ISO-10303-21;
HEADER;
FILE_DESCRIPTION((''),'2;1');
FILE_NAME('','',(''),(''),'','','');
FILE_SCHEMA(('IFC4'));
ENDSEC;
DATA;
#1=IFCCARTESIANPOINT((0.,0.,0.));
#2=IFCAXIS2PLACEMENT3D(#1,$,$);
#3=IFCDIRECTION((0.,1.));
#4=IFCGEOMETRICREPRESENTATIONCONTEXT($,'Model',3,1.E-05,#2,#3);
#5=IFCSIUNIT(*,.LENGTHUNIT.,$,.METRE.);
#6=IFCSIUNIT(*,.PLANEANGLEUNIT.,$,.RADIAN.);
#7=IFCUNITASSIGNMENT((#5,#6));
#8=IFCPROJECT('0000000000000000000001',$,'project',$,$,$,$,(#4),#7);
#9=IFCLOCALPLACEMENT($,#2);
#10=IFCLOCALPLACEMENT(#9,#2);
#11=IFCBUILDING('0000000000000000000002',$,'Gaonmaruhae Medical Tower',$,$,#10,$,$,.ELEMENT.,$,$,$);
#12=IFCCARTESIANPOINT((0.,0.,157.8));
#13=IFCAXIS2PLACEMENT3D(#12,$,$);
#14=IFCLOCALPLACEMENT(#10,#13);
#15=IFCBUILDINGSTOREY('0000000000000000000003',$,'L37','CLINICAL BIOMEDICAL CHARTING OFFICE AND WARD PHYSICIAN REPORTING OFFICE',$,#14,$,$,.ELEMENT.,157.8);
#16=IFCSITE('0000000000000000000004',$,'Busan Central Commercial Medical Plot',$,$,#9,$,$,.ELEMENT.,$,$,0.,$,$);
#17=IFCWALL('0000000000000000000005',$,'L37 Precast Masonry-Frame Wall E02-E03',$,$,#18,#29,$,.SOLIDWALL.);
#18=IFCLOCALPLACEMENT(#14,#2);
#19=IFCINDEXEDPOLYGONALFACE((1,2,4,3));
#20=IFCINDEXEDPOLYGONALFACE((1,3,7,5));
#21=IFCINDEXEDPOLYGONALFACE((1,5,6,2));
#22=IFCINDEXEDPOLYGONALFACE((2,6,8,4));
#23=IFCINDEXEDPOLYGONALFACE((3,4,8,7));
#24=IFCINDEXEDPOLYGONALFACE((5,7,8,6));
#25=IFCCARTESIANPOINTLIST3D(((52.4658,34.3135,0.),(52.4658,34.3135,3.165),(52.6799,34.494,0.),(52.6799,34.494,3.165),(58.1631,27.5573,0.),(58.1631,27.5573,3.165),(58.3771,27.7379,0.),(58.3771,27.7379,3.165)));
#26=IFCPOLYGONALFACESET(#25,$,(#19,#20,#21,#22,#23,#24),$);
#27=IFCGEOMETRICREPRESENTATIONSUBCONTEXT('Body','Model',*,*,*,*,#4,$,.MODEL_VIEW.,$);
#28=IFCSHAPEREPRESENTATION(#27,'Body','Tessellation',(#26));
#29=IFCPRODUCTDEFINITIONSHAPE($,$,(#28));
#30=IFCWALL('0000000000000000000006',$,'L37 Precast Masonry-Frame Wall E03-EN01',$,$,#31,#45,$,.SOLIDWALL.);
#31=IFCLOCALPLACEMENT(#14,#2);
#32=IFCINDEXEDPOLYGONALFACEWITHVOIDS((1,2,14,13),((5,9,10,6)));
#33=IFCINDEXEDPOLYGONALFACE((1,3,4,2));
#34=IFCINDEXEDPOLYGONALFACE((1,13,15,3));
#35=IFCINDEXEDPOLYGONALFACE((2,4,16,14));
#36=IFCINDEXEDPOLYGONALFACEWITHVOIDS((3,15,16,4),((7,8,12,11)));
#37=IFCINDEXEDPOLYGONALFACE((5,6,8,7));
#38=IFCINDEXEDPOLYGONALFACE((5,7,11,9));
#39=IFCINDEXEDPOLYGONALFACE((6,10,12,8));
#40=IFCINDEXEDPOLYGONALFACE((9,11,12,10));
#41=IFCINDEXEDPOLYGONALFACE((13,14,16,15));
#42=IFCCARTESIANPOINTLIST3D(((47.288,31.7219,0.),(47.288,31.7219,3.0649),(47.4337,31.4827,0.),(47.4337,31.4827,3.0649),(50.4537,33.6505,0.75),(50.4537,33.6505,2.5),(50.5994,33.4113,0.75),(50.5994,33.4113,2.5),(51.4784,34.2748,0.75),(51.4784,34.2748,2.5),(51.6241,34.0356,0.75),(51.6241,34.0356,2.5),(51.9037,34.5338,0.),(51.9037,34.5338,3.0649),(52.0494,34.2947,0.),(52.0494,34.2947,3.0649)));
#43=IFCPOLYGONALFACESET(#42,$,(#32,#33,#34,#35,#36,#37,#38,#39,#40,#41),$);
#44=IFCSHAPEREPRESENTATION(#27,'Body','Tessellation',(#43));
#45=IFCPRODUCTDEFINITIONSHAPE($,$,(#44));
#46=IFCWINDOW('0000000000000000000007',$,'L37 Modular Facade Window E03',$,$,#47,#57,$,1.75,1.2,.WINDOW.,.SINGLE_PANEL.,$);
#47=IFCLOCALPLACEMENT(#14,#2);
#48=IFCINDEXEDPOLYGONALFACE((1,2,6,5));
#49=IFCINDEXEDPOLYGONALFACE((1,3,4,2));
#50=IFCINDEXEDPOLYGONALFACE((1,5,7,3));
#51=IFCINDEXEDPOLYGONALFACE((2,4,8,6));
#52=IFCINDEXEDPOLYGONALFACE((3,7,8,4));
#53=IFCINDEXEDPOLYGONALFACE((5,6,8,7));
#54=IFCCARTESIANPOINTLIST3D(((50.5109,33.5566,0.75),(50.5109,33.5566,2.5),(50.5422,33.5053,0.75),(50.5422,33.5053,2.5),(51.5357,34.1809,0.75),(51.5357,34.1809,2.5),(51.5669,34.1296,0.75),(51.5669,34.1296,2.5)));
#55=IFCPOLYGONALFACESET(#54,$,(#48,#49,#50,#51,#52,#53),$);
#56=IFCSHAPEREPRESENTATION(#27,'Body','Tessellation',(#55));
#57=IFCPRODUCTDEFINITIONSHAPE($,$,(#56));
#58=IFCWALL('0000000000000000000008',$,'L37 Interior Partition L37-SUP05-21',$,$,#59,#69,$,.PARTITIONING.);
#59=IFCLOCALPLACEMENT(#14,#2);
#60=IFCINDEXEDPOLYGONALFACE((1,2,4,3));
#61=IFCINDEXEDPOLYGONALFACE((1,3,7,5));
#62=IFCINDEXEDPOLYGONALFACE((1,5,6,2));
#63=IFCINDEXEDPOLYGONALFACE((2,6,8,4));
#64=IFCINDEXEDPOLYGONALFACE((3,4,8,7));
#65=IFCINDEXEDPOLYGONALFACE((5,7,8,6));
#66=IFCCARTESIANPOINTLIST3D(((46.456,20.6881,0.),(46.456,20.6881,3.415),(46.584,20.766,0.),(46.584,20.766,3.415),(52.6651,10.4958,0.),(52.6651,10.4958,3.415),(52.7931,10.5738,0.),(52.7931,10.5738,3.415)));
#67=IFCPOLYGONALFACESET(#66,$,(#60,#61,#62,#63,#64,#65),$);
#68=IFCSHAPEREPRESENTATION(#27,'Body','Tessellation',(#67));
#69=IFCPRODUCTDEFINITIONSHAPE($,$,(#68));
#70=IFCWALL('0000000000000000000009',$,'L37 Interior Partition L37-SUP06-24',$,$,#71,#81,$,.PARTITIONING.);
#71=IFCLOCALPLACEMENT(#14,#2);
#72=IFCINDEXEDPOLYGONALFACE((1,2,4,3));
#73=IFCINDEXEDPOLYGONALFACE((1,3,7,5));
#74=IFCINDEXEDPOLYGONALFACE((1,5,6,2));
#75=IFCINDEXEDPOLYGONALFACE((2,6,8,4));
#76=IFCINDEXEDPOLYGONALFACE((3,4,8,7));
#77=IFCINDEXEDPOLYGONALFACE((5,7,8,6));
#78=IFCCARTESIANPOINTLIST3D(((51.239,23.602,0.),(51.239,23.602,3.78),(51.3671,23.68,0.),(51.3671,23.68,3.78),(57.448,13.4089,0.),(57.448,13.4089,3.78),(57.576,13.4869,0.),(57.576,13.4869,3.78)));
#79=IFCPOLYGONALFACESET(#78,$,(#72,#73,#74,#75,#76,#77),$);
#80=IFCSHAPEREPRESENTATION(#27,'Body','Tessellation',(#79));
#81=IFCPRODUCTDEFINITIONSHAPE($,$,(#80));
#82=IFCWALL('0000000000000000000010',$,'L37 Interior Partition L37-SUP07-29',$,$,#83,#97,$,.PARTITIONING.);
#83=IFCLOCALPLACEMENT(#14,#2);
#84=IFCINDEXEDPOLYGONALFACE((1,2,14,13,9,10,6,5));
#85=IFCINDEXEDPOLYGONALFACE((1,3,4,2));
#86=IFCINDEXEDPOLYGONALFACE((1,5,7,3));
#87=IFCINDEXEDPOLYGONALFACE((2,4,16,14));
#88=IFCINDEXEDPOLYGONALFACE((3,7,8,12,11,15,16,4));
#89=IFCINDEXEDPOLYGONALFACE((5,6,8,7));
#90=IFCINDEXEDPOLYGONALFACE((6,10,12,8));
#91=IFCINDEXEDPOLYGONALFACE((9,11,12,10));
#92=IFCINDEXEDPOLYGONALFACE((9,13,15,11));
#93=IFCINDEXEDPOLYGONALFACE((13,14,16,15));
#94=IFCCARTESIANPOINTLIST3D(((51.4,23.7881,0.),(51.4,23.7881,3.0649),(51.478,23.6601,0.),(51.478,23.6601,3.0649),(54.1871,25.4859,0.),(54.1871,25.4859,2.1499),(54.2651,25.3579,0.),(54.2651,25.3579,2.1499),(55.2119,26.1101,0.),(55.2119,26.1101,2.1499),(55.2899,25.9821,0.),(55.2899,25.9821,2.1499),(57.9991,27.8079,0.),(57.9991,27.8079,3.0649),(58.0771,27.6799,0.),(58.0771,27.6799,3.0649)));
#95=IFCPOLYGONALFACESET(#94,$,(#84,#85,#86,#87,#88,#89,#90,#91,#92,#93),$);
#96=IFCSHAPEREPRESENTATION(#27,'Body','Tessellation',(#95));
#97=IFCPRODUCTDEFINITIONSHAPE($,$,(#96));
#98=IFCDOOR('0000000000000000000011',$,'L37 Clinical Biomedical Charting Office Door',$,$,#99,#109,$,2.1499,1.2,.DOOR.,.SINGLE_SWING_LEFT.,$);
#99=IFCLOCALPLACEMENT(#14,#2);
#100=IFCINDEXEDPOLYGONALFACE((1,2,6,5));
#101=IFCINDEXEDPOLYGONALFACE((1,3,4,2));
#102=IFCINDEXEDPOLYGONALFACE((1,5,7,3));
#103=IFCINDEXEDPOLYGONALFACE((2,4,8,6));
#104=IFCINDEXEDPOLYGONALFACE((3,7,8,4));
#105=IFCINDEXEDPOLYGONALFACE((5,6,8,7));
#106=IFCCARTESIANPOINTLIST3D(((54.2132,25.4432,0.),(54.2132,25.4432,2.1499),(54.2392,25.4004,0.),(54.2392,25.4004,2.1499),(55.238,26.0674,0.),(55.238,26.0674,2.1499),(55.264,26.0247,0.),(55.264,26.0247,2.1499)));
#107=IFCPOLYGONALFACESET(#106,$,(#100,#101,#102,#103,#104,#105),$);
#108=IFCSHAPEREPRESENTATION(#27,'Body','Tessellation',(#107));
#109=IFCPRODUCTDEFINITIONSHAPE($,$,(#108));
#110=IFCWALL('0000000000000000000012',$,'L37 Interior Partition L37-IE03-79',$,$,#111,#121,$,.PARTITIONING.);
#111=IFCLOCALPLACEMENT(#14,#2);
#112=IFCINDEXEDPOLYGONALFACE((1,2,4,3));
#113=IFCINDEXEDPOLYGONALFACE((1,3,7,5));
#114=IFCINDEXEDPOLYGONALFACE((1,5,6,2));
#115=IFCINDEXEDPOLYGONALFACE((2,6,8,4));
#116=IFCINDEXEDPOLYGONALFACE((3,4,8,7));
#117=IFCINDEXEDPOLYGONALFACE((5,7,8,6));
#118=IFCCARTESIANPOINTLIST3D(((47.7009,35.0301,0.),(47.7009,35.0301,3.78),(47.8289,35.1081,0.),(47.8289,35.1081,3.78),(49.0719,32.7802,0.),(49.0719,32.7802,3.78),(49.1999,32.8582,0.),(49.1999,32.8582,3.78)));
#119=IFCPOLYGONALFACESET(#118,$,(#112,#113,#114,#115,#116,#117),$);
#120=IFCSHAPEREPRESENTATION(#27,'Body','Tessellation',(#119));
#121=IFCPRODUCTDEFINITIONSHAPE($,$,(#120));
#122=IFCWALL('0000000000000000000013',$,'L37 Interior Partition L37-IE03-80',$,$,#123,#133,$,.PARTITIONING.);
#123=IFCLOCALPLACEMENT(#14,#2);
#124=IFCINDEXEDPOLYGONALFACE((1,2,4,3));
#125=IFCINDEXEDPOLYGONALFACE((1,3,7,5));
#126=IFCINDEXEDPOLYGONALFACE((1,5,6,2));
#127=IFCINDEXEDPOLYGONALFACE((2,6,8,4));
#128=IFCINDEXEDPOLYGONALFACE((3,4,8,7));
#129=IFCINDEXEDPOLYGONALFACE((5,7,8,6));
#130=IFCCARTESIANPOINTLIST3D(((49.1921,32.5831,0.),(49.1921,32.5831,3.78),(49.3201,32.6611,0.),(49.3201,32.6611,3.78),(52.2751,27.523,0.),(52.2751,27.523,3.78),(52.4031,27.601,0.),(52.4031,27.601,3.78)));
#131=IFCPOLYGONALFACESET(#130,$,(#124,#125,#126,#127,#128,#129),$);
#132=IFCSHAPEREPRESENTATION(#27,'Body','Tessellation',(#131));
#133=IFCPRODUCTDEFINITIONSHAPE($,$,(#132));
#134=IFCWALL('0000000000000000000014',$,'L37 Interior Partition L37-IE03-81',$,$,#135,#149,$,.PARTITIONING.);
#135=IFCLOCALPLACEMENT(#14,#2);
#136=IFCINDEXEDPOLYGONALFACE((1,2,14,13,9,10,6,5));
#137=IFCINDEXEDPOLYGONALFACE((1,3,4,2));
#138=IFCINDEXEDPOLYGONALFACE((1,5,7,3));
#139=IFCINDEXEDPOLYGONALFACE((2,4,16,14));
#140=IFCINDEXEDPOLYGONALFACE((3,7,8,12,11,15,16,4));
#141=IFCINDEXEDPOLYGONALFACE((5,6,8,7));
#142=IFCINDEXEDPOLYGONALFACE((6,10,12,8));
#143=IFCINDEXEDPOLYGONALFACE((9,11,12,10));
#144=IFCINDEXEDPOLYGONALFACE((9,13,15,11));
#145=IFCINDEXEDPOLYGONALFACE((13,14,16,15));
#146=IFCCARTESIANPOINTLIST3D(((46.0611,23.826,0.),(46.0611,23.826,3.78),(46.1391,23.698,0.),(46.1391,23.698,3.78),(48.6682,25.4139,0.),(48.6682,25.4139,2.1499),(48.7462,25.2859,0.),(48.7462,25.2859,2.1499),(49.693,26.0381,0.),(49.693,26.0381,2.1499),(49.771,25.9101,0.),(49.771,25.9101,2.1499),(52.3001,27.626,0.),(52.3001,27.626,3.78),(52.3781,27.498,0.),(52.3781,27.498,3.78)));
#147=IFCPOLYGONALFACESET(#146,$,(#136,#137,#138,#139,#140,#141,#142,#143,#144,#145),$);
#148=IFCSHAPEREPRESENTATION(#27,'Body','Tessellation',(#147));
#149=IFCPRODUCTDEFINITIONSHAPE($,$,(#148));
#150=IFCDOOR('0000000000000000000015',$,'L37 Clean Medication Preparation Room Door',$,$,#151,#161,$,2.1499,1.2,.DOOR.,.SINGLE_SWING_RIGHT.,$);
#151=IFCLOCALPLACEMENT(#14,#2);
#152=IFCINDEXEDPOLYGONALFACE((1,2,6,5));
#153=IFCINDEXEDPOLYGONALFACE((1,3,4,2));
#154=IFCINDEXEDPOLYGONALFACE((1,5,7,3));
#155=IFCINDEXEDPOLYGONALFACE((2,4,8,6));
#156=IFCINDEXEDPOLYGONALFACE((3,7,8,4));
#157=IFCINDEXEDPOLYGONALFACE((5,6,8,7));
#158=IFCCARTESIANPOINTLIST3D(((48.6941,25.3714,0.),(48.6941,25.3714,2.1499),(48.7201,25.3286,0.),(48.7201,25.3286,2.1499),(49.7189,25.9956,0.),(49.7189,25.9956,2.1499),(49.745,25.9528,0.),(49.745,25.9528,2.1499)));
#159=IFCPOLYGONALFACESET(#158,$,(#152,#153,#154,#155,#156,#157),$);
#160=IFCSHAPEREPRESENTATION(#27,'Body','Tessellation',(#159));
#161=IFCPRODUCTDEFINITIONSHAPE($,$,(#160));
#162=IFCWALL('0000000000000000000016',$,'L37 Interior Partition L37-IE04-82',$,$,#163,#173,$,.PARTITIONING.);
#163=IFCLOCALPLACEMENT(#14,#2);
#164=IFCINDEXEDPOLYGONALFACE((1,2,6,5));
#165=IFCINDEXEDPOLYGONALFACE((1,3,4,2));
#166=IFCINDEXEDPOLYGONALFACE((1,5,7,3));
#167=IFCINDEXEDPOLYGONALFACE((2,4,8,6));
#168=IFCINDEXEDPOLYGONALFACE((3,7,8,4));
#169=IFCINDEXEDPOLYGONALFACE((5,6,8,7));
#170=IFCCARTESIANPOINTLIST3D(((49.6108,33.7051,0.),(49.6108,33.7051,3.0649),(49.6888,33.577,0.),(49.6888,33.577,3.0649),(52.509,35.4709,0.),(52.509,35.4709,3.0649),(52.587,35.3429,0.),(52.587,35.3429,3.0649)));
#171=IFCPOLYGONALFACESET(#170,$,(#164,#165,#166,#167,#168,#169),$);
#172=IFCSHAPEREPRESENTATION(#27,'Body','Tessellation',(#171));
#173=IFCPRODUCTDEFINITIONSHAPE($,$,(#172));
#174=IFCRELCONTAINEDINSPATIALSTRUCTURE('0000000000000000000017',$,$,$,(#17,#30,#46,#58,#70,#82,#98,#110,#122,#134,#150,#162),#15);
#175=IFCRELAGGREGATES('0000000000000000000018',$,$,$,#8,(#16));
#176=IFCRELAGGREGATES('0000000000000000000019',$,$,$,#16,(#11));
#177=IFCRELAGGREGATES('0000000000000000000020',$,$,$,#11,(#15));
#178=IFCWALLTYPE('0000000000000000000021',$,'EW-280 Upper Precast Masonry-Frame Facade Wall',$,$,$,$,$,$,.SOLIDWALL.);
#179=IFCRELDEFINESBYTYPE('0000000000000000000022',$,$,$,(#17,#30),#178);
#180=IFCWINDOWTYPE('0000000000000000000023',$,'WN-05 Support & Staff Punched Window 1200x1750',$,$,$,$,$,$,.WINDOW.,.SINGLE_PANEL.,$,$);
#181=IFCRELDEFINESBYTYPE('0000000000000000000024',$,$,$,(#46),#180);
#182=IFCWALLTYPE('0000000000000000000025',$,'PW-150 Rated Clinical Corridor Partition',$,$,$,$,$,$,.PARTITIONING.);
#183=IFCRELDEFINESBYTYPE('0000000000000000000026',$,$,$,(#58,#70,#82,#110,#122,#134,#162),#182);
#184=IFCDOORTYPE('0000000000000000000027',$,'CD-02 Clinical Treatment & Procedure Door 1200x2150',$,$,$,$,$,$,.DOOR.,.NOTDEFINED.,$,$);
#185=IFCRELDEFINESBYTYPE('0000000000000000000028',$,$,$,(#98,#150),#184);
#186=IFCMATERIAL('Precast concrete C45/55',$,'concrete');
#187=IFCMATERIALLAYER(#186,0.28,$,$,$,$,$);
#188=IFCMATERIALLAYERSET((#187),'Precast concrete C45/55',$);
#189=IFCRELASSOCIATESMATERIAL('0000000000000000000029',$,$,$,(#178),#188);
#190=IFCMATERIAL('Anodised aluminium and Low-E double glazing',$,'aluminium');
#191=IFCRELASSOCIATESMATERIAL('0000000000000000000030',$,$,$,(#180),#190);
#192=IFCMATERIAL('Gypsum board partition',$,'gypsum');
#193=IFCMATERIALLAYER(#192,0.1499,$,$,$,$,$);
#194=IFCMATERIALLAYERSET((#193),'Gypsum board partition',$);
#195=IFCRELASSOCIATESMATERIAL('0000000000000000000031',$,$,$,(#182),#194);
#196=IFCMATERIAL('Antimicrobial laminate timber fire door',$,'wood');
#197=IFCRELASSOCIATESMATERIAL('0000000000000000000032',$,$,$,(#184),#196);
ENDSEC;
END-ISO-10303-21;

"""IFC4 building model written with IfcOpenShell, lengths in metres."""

from ifc_helpers import new_model, si_unit, direction, frame, frame_2d, origin, place, context, subcontext, project, spatial, rectangle, extrude, material, layer, layer_set, type_object, element, fill, save


model = new_model("IFC4")

# Units and contexts
model_context = context("Model", 3, precision=1e-05, world=origin(), true_north=direction((0.0, 1.0)))
body_context = subcontext(model_context, "Body", "Model", "MODEL_VIEW")
ifc_project = project(units=[si_unit("LENGTHUNIT", "METRE"), si_unit("PLANEANGLEUNIT", "RADIAN")], contexts=[model_context])

# Site, building, storey
site_placement = place(None, origin())
site = spatial("IfcSite", under=ifc_project, at=site_placement, Name="Busan Central Commercial Medical Plot", CompositionType="ELEMENT", RefElevation=0.0)
building_placement = place(site_placement, origin())
building = spatial("IfcBuilding", under=site, at=building_placement, Name="Gaonmaruhae Medical Tower", CompositionType="ELEMENT")
storey_placement = place(building_placement, frame((0.0, 0.0, 157.8)))
storey = spatial("IfcBuildingStorey", under=building, at=storey_placement, Name="L37", Description="CLINICAL BIOMEDICAL CHARTING OFFICE AND WARD PHYSICIAN REPORTING OFFICE", CompositionType="ELEMENT", Elevation=157.8)

# Wall
ifc_material_1 = material(Name="Precast concrete C45/55", Category="concrete")
ifc_layer_1 = layer(ifc_material_1, 0.28)
ifc_layer_set_1 = layer_set([ifc_layer_1], Name="Precast concrete C45/55")
wall_type_1 = type_object("IfcWallType", Name="EW-280 Upper Precast Masonry-Frame Facade Wall", PredefinedType="SOLIDWALL", material=ifc_layer_set_1)
wall_1_placement = place(storey_placement, frame((52.5728, 34.4038, 0.0), z_axis=(0.0, 0.0, 1.0), x_axis=(0.64466, -0.76447, 0.0)))
element("IfcWall", 1, at=wall_1_placement, inside=storey, type_object=wall_type_1, Name="L37 Precast Masonry-Frame Wall E02-E03", PredefinedType="SOLIDWALL", context=body_context, shape_type="SweptSolid", body=[
    extrude(rectangle(XDim=8.8376, YDim=0.28, at=frame_2d((4.4189, 0.0))), origin(), (0.0, 0.0, 1.0), 3.165),
])

# Wall, opening, window
wall_2_placement = place(storey_placement, frame((47.3608, 31.6023, 0.0), z_axis=(0.0, 0.0, 1.0), x_axis=(0.853998, 0.520276, 0.0)))
wall_2 = element("IfcWall", 2, at=wall_2_placement, inside=storey, type_object=wall_type_1, Name="L37 Precast Masonry-Frame Wall E03-EN01", PredefinedType="SOLIDWALL", context=body_context, shape_type="SweptSolid", body=[
    extrude(rectangle(XDim=5.4048, YDim=0.28, at=frame_2d((2.7024, 0.0))), origin(), (0.0, 0.0, 1.0), 3.0649),
])
opening_1_placement = place(wall_2_placement, frame((3.7068, 0.0, 0.75)))
opening_1 = element("IfcOpeningElement", 3, at=opening_1_placement, cuts=wall_2, PredefinedType="OPENING", context=body_context, shape_type="SweptSolid", body=[
    extrude(rectangle(XDim=1.2, YDim=1.75, at=frame_2d((0.6001, 0.875))), frame((0.0, 0.1499, 0.0), z_axis=(0.0, -1.0, 0.0), x_axis=(1.0, 0.0, 0.0)), (0.0, 0.0, 1.0), 0.3),
])
ifc_material_2 = material(Name="Anodised aluminium and Low-E double glazing", Category="aluminium")
window_type = type_object("IfcWindowType", Name="WN-05 Support & Staff Punched Window 1200x1750", PartitioningType="SINGLE_PANEL", PredefinedType="WINDOW", material=ifc_material_2)
window_placement = place(opening_1_placement, origin())
window = element("IfcWindow", 4, at=window_placement, inside=storey, type_object=window_type, Name="L37 Modular Facade Window E03", OverallHeight=1.75, OverallWidth=1.2, PartitioningType="SINGLE_PANEL", PredefinedType="WINDOW", context=body_context, shape_type="SweptSolid", body=[
    extrude(rectangle(XDim=1.2, YDim=1.75, at=frame_2d((0.6001, 0.875))), frame((0.0, 0.03, 0.0), z_axis=(0.0, -1.0, 0.0), x_axis=(1.0, 0.0, 0.0)), (0.0, 0.0, 1.0), 0.0601),
])
fill(opening_1, window)

# Wall
ifc_material_3 = material(Name="Gypsum board partition", Category="gypsum")
ifc_layer_2 = layer(ifc_material_3, 0.1499)
ifc_layer_set_2 = layer_set([ifc_layer_2], Name="Gypsum board partition")
wall_type_2 = type_object("IfcWallType", Name="PW-150 Rated Clinical Corridor Partition", PredefinedType="PARTITIONING", material=ifc_layer_set_2)
wall_3_placement = place(storey_placement, frame((46.52, 20.7271, 0.0), z_axis=(0.0, 0.0, 1.0), x_axis=(0.520257, -0.85401, 0.0)))
element("IfcWall", 5, at=wall_3_placement, inside=storey, type_object=wall_type_2, Name="L37 Interior Partition L37-SUP05-21", PredefinedType="PARTITIONING", context=body_context, shape_type="SweptSolid", body=[
    extrude(rectangle(XDim=11.9346, YDim=0.1499, at=frame_2d((5.9673, 0.0))), origin(), (0.0, 0.0, 1.0), 3.415),
])

# Shared definitions
ifc_material_4 = material(Name="Antimicrobial laminate timber fire door", Category="wood")
door_type = type_object("IfcDoorType", Name="CD-02 Clinical Treatment & Procedure Door 1200x2150", OperationType="NOTDEFINED", PredefinedType="DOOR", material=ifc_material_4)

# Wall
wall_4_placement = place(storey_placement, frame((51.303, 23.6411, 0.0), z_axis=(0.0, 0.0, 1.0), x_axis=(0.520221, -0.854032, 0.0)))
element("IfcWall", 6, at=wall_4_placement, inside=storey, type_object=wall_type_2, Name="L37 Interior Partition L37-SUP06-24", PredefinedType="PARTITIONING", context=body_context, shape_type="SweptSolid", body=[
    extrude(rectangle(XDim=11.9353, YDim=0.1499, at=frame_2d((5.9678, 0.0))), origin(), (0.0, 0.0, 1.0), 3.78),
])

# Wall, opening, door
wall_5_placement = place(storey_placement, frame((51.439, 23.7241, 0.0), z_axis=(0.0, 0.0, 1.0), x_axis=(0.854031, 0.520223, 0.0)))
wall_5 = element("IfcWall", 7, at=wall_5_placement, inside=storey, type_object=wall_type_2, Name="L37 Interior Partition L37-SUP07-29", PredefinedType="PARTITIONING", context=body_context, shape_type="SweptSolid", body=[
    extrude(rectangle(XDim=7.7271, YDim=0.1499, at=frame_2d((3.8635, 0.0))), origin(), (0.0, 0.0, 1.0), 3.0649),
])
opening_2_placement = place(wall_5_placement, frame((3.2634, 0.0, 0.0)))
opening_2 = element("IfcOpeningElement", 8, at=opening_2_placement, cuts=wall_5, PredefinedType="OPENING", context=body_context, shape_type="SweptSolid", body=[
    extrude(rectangle(XDim=1.2, YDim=2.1499, at=frame_2d((0.6001, 1.075))), frame((0.0, 0.085, 0.0), z_axis=(0.0, -1.0, 0.0), x_axis=(1.0, 0.0, 0.0)), (0.0, 0.0, 1.0), 0.1699),
])
door_1_placement = place(opening_2_placement, origin())
door_1 = element("IfcDoor", 9, at=door_1_placement, inside=storey, type_object=door_type, Name="L37 Clinical Biomedical Charting Office Door", OperationType="SINGLE_SWING_LEFT", OverallHeight=2.1499, OverallWidth=1.2, PredefinedType="DOOR", context=body_context, shape_type="SweptSolid", body=[
    extrude(rectangle(XDim=1.2, YDim=2.1499, at=frame_2d((0.6001, 1.075))), frame((0.0, 0.0249, 0.0), z_axis=(0.0, -1.0, 0.0), x_axis=(1.0, 0.0, 0.0)), (0.0, 0.0, 1.0), 0.05),
])
fill(opening_2, door_1)

# Walls
wall_6_placement = place(storey_placement, frame((47.7649, 35.0691, 0.0), z_axis=(0.0, 0.0, 1.0), x_axis=(0.52037, -0.853941, 0.0)))
element("IfcWall", 10, at=wall_6_placement, inside=storey, type_object=wall_type_2, Name="L37 Interior Partition L37-IE03-79", PredefinedType="PARTITIONING", context=body_context, shape_type="SweptSolid", body=[
    extrude(rectangle(XDim=2.6348, YDim=0.1499, at=frame_2d((1.3174, 0.0))), origin(), (0.0, 0.0, 1.0), 3.78),
])
wall_7_placement = place(storey_placement, frame((49.2561, 32.6221, 0.0), z_axis=(0.0, 0.0, 1.0), x_axis=(0.520313, -0.853976, 0.0)))
element("IfcWall", 11, at=wall_7_placement, inside=storey, type_object=wall_type_2, Name="L37 Interior Partition L37-IE03-80", PredefinedType="PARTITIONING", context=body_context, shape_type="SweptSolid", body=[
    extrude(rectangle(XDim=5.9253, YDim=0.1499, at=frame_2d((2.9626, 0.0))), origin(), (0.0, 0.0, 1.0), 3.78),
])

# Wall, opening, door
wall_8_placement = place(storey_placement, frame((52.3391, 27.562, 0.0), z_axis=(0.0, 0.0, 1.0), x_axis=(-0.854053, -0.520185, 0.0)))
wall_8 = element("IfcWall", 12, at=wall_8_placement, inside=storey, type_object=wall_type_2, Name="L37 Interior Partition L37-IE03-81", PredefinedType="PARTITIONING", context=body_context, shape_type="SweptSolid", body=[
    extrude(rectangle(XDim=7.3052, YDim=0.1499, at=frame_2d((3.6526, 0.0))), origin(), (0.0, 0.0, 1.0), 3.78),
])
opening_3_placement = place(wall_8_placement, frame((3.0525, 0.0, 0.0)))
opening_3 = element("IfcOpeningElement", 13, at=opening_3_placement, cuts=wall_8, PredefinedType="OPENING", context=body_context, shape_type="SweptSolid", body=[
    extrude(rectangle(XDim=1.2, YDim=2.1499, at=frame_2d((0.6001, 1.075))), frame((0.0, 0.085, 0.0), z_axis=(0.0, -1.0, 0.0), x_axis=(1.0, 0.0, 0.0)), (0.0, 0.0, 1.0), 0.1699),
])
door_2_placement = place(opening_3_placement, origin())
door_2 = element("IfcDoor", 14, at=door_2_placement, inside=storey, type_object=door_type, Name="L37 Clean Medication Preparation Room Door", OperationType="SINGLE_SWING_RIGHT", OverallHeight=2.1499, OverallWidth=1.2, PredefinedType="DOOR", context=body_context, shape_type="SweptSolid", body=[
    extrude(rectangle(XDim=1.2, YDim=2.1499, at=frame_2d((0.6001, 1.075))), frame((0.0, 0.0249, 0.0), z_axis=(0.0, -1.0, 0.0), x_axis=(1.0, 0.0, 0.0)), (0.0, 0.0, 1.0), 0.05),
])
fill(opening_3, door_2)

# Wall
wall_9_placement = place(storey_placement, frame((49.6499, 33.6411, 0.0), z_axis=(0.0, 0.0, 1.0), x_axis=(0.853969, 0.520323, 0.0)))
element("IfcWall", 15, at=wall_9_placement, inside=storey, type_object=wall_type_2, Name="L37 Interior Partition L37-IE04-82", PredefinedType="PARTITIONING", context=body_context, shape_type="SweptSolid", body=[
    extrude(rectangle(XDim=3.3938, YDim=0.1499, at=frame_2d((1.6968, 0.0))), origin(), (0.0, 0.0, 1.0), 3.0649),
])

save(model, "model.ifc")
